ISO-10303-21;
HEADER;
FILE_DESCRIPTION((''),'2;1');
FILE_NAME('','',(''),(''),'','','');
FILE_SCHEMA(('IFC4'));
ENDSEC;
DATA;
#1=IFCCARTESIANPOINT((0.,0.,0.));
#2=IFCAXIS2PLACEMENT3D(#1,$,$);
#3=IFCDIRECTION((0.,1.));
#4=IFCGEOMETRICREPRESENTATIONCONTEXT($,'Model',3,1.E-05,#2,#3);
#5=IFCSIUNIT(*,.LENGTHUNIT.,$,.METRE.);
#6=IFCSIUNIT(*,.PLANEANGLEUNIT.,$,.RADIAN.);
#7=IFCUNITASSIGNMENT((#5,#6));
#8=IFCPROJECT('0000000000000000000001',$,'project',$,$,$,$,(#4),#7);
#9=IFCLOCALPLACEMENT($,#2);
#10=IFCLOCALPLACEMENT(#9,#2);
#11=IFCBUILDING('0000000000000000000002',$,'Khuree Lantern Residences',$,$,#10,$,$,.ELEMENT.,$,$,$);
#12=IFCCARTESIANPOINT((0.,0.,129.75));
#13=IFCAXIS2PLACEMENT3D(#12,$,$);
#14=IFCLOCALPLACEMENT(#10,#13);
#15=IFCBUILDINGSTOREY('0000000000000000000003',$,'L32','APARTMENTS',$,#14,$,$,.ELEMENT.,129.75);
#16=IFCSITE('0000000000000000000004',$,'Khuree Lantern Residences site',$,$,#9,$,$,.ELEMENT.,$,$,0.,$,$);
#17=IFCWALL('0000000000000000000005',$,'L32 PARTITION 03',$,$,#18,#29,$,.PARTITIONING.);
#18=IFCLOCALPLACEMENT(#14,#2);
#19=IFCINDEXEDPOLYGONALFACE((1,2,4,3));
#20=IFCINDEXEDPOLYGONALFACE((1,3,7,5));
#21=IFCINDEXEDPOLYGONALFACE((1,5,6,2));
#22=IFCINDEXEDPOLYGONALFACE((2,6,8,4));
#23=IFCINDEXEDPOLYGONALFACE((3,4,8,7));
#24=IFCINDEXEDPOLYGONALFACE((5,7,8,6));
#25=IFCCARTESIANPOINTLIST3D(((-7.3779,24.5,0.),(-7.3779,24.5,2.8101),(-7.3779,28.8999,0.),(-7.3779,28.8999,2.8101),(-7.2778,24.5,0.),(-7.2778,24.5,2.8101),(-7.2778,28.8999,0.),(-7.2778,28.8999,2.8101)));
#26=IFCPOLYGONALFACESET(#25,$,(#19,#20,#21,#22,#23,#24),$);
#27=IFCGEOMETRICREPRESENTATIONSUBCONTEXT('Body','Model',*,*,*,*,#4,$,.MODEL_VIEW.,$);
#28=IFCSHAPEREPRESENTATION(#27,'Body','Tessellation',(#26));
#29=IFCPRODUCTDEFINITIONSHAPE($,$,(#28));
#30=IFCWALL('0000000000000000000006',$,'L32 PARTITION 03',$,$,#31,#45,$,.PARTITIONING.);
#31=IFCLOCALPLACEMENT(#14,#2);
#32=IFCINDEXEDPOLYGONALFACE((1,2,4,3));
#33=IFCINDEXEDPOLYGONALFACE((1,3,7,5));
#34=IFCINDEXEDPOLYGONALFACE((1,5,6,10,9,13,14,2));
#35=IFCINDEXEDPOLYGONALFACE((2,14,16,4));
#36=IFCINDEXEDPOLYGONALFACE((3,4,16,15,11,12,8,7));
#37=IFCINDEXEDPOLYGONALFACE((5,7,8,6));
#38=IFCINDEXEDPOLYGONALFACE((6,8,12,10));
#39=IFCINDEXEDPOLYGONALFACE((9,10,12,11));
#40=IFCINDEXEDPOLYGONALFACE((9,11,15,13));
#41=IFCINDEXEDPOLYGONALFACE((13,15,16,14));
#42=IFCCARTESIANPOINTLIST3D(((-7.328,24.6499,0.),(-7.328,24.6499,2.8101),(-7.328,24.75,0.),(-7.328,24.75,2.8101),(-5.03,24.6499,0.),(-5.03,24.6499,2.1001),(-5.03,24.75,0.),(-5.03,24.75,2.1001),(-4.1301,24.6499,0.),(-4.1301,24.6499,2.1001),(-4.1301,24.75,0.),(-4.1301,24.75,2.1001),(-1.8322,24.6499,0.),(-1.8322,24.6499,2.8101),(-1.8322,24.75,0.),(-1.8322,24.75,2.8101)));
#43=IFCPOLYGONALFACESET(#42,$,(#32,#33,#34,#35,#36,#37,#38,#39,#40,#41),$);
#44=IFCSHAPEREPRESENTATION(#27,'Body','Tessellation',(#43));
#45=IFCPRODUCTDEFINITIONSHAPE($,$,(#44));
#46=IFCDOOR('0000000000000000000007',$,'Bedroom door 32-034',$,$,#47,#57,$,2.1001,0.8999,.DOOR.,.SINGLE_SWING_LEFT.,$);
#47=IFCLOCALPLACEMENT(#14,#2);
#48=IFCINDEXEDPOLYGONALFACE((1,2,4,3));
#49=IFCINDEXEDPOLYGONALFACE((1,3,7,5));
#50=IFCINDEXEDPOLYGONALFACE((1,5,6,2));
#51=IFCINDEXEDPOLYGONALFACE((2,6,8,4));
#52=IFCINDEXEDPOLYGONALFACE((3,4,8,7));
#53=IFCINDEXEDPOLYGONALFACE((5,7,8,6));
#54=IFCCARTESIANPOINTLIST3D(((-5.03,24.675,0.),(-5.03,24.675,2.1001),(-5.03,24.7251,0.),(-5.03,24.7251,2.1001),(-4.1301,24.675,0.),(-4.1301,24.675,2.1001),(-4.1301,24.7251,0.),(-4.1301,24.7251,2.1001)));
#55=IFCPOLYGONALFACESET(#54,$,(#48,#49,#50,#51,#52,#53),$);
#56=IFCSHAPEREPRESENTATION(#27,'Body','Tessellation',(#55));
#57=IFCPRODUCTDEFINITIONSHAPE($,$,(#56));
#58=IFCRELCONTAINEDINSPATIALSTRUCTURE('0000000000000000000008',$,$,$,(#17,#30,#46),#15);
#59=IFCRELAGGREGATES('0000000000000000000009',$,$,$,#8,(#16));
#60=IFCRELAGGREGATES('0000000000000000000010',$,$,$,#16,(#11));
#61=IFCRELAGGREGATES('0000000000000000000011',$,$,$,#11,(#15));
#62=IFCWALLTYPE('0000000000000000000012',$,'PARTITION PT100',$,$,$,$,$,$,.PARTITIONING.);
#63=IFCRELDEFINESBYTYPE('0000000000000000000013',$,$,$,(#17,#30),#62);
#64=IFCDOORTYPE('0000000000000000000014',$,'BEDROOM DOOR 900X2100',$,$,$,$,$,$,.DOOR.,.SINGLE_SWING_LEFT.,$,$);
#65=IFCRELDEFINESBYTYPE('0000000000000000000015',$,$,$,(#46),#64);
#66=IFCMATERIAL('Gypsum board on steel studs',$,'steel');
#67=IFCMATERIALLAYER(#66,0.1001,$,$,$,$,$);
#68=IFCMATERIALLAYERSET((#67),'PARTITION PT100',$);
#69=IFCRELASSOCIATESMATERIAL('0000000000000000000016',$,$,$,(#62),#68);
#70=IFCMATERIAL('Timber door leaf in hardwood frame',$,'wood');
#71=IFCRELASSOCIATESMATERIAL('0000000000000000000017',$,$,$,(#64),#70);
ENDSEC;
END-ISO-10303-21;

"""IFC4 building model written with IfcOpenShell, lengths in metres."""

from ifc_helpers import new_model, si_unit, direction, frame, frame_2d, origin, place, context, subcontext, project, spatial, rectangle, extrude, material, layer, layer_set, type_object, element, fill, save


model = new_model("IFC4")

# Units and contexts
model_context = context("Model", 3, precision=1e-05, world=origin(), true_north=direction((0.0, 1.0)))
body_context = subcontext(model_context, "Body", "Model", "MODEL_VIEW")
ifc_project = project(units=[si_unit("LENGTHUNIT", "METRE"), si_unit("PLANEANGLEUNIT", "RADIAN")], contexts=[model_context])

# Site, building, storey
site_placement = place(None, origin())
site = spatial("IfcSite", under=ifc_project, at=site_placement, Name="Khuree Lantern Residences site", CompositionType="ELEMENT", RefElevation=0.0)
building_placement = place(site_placement, origin())
building = spatial("IfcBuilding", under=site, at=building_placement, Name="Khuree Lantern Residences", CompositionType="ELEMENT")
storey_placement = place(building_placement, frame((0.0, 0.0, 129.75)))
storey = spatial("IfcBuildingStorey", under=building, at=storey_placement, Name="L32", Description="APARTMENTS", CompositionType="ELEMENT", Elevation=129.75)

# Wall
ifc_material_1 = material(Name="Gypsum board on steel studs", Category="steel")
ifc_layer_1 = layer(ifc_material_1, 0.1001)
ifc_layer_set_1 = layer_set([ifc_layer_1], Name="PARTITION PT100")
wall_type = type_object("IfcWallType", Name="PARTITION PT100", PredefinedType="PARTITIONING", material=ifc_layer_set_1)
for number, where, z_axis, x_axis, name in (
    (1, (-7.3279, 24.5, 0.0), (0.0, 0.0, 1.0), (0.0, 1.0, 0.0), "L32 PARTITION 03"),
):
    element("IfcWall", number, at=place(storey_placement, frame(where, z_axis=z_axis, x_axis=x_axis)), inside=storey, type_object=wall_type, Name=name, PredefinedType="PARTITIONING", context=body_context, shape_type="SweptSolid", body=[
        extrude(rectangle(XDim=4.3999, YDim=0.1001, at=frame_2d((2.2, 0.0))), origin(), (0.0, 0.0, 1.0), 2.8101),
    ])

# Wall, opening, door
wall_placement = place(storey_placement, frame((-1.832, 24.7, 0.0), z_axis=(0.0, 0.0, 1.0), x_axis=(-1.0, 0.0, 0.0)))
wall = element("IfcWall", 2, at=wall_placement, inside=storey, type_object=wall_type, Name="L32 PARTITION 03", PredefinedType="PARTITIONING", context=body_context, shape_type="SweptSolid", body=[
    extrude(rectangle(XDim=5.4958, YDim=0.1001, at=frame_2d((2.748, 0.0))), origin(), (0.0, 0.0, 1.0), 2.8101),
])
opening_placement = place(wall_placement, frame((2.2981, 0.0, 0.0)))
opening = element("IfcOpeningElement", 3, at=opening_placement, cuts=wall, PredefinedType="OPENING", context=body_context, shape_type="SweptSolid", body=[
    extrude(rectangle(XDim=0.8999, YDim=2.1001, at=frame_2d((0.45, 1.05))), frame((0.0, 0.0601, 0.0), z_axis=(0.0, -1.0, 0.0), x_axis=(1.0, 0.0, 0.0)), (0.0, 0.0, 1.0), 0.1201),
])
ifc_material_2 = material(Name="Timber door leaf in hardwood frame", Category="wood")
door_type = type_object("IfcDoorType", Name="BEDROOM DOOR 900X2100", OperationType="SINGLE_SWING_LEFT", PredefinedType="DOOR", material=ifc_material_2)
door_placement = place(opening_placement, origin())
door = element("IfcDoor", 4, at=door_placement, inside=storey, type_object=door_type, Name="Bedroom door 32-034", OperationType="SINGLE_SWING_LEFT", OverallHeight=2.1001, OverallWidth=0.8999, PredefinedType="DOOR", context=body_context, shape_type="SweptSolid", body=[
    extrude(rectangle(XDim=0.8999, YDim=2.1001, at=frame_2d((0.45, 1.05))), frame((0.0, 0.0249, 0.0), z_axis=(0.0, -1.0, 0.0), x_axis=(1.0, 0.0, 0.0)), (0.0, 0.0, 1.0), 0.05),
])
fill(opening, door)

save(model, "model.ifc")
